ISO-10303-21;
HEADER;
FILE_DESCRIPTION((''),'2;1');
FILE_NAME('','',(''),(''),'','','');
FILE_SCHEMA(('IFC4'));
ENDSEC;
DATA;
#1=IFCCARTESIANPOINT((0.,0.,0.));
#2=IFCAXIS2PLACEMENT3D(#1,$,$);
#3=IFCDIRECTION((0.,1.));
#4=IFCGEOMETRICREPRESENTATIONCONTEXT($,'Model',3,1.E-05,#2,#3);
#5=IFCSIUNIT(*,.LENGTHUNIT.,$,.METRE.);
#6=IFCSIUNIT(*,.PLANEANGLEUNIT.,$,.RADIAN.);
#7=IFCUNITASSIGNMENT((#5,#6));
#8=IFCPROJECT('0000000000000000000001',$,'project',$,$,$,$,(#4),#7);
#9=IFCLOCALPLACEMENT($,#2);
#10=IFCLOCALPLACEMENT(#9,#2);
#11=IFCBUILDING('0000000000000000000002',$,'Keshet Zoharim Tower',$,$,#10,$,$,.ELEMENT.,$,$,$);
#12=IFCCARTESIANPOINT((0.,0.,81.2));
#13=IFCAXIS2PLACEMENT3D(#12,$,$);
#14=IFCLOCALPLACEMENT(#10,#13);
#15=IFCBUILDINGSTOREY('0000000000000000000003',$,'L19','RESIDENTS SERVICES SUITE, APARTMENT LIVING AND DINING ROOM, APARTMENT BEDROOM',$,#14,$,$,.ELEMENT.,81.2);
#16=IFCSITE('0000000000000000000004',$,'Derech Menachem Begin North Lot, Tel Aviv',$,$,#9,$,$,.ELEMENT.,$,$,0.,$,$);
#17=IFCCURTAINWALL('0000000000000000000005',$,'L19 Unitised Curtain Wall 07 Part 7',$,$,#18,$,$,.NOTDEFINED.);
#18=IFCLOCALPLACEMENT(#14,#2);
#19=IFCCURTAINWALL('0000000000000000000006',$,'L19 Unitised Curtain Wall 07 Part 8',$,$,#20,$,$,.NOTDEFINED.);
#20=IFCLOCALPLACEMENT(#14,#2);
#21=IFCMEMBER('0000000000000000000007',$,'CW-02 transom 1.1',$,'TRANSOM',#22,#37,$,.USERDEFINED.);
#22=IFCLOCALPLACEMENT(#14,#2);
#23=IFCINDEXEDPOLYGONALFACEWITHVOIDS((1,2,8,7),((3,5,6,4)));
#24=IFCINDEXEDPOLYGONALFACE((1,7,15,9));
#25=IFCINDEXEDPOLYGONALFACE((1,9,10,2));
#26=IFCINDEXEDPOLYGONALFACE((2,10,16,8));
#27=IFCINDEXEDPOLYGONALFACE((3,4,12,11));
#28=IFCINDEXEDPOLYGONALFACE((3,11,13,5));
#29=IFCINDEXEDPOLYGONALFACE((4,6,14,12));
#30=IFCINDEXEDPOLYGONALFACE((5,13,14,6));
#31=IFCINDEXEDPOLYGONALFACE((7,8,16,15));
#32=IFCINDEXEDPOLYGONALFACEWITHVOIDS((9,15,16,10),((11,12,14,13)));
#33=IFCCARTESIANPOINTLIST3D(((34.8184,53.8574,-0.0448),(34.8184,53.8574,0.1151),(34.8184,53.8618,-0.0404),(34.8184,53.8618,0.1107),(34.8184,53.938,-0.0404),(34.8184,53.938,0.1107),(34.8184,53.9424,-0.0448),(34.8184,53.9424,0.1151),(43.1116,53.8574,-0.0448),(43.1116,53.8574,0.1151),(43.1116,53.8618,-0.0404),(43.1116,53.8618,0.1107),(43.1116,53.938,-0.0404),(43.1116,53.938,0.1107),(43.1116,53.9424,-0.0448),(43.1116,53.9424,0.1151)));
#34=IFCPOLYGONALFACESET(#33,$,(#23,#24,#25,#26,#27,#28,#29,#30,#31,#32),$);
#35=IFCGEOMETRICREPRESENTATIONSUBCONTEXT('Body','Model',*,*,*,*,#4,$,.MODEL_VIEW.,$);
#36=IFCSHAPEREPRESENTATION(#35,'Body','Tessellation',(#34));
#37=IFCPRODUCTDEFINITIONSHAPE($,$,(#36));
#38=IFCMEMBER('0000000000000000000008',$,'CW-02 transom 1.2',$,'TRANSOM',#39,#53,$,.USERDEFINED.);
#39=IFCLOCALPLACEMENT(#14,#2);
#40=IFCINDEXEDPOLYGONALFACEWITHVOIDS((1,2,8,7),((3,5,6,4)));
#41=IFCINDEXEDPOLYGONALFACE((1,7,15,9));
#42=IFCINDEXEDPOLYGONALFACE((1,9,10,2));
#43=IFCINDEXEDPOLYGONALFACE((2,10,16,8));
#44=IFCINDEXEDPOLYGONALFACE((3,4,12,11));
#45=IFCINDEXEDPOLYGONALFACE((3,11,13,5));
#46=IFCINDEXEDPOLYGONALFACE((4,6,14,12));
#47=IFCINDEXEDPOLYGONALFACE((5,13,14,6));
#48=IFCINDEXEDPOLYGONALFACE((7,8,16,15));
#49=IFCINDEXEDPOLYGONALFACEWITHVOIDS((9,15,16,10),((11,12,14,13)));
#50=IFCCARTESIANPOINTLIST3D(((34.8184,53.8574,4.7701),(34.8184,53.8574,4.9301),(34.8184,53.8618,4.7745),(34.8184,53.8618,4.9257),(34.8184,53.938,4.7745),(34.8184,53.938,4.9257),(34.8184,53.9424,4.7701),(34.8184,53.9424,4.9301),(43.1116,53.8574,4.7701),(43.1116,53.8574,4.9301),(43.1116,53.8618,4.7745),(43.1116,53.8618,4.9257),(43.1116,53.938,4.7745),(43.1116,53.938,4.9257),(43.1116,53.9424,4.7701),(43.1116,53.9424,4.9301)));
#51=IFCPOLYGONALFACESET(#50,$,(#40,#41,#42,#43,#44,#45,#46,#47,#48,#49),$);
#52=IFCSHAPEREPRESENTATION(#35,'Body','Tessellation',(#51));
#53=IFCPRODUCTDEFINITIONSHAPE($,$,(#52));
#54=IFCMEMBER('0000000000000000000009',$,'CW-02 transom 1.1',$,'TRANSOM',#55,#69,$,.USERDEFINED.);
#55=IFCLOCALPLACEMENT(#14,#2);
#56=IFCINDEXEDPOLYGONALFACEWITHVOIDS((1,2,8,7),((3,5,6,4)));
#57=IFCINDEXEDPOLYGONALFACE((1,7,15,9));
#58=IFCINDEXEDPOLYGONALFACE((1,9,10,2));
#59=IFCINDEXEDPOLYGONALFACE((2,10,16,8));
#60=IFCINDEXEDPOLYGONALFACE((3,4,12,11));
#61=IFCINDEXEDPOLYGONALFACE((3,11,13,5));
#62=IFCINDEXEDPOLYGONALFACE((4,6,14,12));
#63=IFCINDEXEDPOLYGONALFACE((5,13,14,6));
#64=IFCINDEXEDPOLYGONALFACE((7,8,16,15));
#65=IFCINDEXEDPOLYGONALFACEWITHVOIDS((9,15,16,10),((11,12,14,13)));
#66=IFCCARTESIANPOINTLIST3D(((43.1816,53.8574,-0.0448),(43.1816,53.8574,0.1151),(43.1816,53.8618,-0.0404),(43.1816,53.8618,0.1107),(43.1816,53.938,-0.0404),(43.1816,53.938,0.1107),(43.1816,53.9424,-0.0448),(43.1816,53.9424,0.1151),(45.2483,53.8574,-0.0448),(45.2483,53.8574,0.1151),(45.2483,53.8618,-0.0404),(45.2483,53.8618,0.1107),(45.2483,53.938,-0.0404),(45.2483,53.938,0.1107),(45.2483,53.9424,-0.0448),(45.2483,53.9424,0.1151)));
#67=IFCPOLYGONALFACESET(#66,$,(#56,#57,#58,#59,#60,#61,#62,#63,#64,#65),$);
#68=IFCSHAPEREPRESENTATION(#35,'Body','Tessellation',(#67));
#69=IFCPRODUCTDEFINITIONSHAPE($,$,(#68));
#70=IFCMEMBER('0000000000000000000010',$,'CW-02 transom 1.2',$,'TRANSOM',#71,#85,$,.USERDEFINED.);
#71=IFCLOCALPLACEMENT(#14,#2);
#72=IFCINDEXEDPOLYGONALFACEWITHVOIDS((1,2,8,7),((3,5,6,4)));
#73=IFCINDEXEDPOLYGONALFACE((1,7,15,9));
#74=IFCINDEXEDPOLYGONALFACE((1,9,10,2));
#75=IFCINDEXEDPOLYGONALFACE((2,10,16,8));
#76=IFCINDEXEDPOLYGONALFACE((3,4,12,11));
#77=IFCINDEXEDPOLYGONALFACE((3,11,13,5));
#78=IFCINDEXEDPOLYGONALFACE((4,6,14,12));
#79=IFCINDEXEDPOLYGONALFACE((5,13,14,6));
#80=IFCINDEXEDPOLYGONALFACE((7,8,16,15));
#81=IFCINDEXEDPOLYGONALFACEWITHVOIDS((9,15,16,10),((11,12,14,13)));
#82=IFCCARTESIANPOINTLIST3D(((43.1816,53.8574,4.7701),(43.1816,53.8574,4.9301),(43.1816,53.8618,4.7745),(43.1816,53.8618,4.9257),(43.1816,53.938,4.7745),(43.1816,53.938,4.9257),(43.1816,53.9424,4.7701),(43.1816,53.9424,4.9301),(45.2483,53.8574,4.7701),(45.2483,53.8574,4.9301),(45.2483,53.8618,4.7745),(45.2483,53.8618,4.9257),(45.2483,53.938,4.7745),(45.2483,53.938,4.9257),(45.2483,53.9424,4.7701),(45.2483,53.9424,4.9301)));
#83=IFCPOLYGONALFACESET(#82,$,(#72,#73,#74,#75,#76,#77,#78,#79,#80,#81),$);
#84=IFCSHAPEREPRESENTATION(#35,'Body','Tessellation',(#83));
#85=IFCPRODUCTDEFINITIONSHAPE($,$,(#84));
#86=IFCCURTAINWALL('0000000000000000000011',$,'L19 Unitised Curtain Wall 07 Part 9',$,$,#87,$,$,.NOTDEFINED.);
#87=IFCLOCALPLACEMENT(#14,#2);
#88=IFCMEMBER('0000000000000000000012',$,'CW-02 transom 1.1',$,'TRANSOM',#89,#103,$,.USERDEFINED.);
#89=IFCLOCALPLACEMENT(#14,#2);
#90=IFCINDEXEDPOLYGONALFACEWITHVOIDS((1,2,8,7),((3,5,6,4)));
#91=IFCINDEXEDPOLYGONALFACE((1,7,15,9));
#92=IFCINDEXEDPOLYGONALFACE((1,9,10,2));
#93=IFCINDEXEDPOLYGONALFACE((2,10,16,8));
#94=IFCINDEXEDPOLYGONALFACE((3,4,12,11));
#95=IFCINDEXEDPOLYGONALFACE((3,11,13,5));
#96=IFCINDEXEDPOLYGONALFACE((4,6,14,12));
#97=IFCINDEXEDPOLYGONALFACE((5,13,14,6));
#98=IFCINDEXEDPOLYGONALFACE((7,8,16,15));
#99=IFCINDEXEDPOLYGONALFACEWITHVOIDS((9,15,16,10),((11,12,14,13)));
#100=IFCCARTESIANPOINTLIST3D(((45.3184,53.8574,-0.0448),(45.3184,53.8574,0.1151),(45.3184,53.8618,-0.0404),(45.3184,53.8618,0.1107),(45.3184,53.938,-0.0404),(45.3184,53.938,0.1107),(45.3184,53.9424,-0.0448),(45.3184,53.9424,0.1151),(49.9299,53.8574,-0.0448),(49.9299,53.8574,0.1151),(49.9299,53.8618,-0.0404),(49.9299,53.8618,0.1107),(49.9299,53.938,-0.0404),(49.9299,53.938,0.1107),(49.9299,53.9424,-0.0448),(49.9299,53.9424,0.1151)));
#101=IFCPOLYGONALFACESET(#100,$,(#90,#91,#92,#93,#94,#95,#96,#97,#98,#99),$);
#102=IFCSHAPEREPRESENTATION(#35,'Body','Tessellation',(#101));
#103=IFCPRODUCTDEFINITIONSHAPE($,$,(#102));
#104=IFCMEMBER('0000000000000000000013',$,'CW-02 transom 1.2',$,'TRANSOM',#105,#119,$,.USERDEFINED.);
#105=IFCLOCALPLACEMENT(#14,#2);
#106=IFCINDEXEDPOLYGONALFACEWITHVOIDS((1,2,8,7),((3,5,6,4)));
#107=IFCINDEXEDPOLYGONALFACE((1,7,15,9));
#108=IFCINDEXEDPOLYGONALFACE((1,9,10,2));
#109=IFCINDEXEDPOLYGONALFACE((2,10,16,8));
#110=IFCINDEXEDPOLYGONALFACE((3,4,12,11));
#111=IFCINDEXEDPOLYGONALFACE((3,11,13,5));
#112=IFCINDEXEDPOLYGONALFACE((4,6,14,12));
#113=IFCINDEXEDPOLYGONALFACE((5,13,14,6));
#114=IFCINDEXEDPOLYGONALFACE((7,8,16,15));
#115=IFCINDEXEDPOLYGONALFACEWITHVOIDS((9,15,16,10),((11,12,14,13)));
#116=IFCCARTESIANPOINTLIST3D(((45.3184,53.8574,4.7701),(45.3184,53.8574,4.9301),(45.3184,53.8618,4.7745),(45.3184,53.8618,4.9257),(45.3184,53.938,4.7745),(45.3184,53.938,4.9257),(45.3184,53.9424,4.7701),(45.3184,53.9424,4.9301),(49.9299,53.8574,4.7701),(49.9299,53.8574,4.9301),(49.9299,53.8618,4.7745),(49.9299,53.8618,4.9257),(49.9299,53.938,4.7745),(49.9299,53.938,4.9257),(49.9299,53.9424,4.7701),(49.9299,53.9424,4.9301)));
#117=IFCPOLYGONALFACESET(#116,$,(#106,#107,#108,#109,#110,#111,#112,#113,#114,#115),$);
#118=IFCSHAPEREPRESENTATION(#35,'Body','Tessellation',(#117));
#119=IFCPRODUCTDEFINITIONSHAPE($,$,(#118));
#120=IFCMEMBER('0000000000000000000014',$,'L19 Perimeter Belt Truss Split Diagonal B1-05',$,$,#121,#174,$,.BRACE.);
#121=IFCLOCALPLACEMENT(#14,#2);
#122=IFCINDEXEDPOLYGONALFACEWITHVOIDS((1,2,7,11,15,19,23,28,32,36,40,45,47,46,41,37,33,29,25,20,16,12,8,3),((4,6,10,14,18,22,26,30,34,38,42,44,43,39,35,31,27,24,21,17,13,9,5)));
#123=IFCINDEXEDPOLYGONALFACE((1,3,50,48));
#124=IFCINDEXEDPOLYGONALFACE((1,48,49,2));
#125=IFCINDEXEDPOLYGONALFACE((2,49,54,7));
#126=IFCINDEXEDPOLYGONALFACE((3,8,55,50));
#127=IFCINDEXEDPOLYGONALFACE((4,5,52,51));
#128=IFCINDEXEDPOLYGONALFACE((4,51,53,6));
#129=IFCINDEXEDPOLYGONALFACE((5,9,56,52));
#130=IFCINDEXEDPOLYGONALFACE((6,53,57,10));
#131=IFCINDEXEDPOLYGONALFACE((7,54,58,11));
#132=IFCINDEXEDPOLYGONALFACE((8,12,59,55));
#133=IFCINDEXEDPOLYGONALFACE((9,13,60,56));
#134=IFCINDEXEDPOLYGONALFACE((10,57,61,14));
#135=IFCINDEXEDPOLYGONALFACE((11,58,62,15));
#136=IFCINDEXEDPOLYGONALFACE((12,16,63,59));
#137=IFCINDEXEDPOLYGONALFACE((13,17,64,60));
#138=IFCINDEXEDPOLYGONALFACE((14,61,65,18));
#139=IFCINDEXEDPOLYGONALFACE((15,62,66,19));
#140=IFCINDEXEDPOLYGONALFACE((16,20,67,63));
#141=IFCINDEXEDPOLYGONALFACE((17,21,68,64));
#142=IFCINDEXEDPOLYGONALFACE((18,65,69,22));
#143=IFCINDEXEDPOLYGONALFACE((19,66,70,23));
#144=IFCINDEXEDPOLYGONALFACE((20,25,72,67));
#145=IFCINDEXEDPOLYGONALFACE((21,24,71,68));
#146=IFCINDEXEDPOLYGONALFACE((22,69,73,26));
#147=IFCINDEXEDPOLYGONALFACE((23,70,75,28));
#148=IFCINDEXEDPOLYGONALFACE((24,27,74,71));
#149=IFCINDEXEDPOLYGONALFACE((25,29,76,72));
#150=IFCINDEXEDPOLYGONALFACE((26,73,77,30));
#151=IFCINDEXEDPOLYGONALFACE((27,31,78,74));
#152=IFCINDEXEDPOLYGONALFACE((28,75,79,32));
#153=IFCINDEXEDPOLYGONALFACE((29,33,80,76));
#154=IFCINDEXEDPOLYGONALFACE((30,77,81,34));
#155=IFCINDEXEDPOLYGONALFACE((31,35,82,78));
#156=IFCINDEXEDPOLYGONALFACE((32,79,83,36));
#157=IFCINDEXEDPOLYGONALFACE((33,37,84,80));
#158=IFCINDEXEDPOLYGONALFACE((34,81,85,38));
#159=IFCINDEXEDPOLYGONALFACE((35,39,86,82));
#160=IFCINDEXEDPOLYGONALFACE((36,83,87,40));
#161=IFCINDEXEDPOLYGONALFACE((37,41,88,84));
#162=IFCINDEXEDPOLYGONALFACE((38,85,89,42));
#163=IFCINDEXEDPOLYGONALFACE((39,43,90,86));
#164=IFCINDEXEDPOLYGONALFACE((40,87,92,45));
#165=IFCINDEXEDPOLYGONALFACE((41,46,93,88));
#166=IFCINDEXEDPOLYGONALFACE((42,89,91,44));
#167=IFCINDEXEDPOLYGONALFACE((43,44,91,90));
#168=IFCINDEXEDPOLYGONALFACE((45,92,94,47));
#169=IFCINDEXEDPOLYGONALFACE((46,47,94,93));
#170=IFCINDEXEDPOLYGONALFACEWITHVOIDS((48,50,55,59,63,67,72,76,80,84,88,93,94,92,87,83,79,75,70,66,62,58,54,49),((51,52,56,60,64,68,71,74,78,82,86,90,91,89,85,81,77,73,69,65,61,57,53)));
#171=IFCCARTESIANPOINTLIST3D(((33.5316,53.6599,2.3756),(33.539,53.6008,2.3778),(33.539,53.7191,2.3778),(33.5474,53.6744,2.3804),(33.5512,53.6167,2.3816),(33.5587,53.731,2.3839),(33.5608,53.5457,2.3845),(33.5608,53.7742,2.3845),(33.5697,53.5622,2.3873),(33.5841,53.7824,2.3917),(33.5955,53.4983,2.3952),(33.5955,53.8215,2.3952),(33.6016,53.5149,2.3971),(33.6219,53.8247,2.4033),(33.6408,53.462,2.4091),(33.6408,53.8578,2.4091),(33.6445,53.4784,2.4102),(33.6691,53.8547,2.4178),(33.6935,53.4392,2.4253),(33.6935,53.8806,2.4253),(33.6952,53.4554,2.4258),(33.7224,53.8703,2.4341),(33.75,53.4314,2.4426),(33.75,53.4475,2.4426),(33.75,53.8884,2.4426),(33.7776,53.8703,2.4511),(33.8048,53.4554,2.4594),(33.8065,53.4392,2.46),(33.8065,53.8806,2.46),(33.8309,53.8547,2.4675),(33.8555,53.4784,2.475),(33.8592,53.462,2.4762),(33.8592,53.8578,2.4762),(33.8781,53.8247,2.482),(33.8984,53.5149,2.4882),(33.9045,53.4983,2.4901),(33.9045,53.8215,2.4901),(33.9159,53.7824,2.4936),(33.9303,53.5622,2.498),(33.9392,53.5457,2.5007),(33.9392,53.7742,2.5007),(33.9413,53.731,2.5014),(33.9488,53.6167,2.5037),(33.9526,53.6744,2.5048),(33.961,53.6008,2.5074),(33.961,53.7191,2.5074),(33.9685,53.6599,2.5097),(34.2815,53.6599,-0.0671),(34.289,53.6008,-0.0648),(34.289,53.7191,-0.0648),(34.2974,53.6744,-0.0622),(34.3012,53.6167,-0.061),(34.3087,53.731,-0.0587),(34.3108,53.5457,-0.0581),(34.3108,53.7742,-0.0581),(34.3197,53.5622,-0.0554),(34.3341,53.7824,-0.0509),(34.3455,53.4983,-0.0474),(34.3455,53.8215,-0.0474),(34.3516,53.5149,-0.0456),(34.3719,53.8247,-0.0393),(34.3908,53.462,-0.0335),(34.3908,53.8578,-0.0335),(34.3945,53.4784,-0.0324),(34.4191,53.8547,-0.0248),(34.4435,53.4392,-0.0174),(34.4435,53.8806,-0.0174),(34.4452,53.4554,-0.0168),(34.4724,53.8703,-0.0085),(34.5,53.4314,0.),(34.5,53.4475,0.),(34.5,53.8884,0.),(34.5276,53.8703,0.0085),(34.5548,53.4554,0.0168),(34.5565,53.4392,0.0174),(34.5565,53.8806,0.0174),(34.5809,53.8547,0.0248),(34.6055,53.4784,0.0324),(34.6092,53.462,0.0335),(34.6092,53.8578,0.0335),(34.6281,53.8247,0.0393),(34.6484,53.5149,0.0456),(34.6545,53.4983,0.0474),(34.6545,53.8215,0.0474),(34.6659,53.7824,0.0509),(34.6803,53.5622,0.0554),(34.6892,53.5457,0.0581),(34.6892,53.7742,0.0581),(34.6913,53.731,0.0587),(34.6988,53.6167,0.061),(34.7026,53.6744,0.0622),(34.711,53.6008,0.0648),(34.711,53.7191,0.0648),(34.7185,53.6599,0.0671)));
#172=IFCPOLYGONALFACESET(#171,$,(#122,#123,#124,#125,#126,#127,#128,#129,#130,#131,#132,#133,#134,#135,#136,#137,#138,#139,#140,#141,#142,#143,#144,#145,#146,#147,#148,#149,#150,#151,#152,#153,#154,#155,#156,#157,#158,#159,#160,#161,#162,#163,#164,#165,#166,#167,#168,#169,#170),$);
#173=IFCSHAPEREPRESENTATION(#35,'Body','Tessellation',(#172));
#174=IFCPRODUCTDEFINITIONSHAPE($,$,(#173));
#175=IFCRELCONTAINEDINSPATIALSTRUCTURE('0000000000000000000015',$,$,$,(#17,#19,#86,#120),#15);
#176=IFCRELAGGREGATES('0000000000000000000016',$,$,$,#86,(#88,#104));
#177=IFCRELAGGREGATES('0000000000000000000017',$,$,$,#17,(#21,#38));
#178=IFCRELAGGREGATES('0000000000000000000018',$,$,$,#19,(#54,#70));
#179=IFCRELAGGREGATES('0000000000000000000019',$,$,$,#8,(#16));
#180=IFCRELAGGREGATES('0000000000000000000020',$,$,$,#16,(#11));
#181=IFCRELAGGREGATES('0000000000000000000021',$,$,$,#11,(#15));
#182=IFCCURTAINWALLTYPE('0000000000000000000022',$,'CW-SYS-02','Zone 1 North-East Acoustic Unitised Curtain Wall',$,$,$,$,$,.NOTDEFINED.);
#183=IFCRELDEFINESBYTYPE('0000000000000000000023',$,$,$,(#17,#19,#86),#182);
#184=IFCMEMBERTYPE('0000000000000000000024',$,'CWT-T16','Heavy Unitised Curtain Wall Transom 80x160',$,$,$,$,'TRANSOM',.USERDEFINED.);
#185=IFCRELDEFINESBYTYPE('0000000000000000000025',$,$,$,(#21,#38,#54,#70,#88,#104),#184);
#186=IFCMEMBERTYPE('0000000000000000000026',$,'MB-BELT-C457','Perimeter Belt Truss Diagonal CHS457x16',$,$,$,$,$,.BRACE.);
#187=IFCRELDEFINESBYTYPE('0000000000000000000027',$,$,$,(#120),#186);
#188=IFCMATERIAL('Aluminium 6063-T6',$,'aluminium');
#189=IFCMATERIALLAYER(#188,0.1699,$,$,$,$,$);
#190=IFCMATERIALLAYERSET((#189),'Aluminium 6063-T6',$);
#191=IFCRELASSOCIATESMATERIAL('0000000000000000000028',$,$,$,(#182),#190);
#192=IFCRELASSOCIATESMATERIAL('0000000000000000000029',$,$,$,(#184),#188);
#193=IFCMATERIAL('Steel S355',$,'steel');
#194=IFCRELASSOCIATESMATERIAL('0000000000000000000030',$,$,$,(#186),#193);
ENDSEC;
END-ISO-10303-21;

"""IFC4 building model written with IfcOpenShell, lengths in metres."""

from ifc_helpers import new_model, si_unit, direction, frame, origin, origin_2d, place, context, subcontext, project, spatial, hollow_rectangle, hollow_circle, extrude, material, layer, layer_set, material_profile, profile_set, type_object, element, aggregate, save


model = new_model("IFC4")

# Units and contexts
model_context = context("Model", 3, precision=1e-05, world=origin(), true_north=direction((0.0, 1.0)))
body_context = subcontext(model_context, "Body", "Model", "MODEL_VIEW")
ifc_project = project(units=[si_unit("LENGTHUNIT", "METRE"), si_unit("PLANEANGLEUNIT", "RADIAN")], contexts=[model_context])

# Site, building, storey
site_placement = place(None, origin())
site = spatial("IfcSite", under=ifc_project, at=site_placement, Name="Derech Menachem Begin North Lot, Tel Aviv", CompositionType="ELEMENT", RefElevation=0.0)
building_placement = place(site_placement, origin())
building = spatial("IfcBuilding", under=site, at=building_placement, Name="Keshet Zoharim Tower", CompositionType="ELEMENT")
storey_placement = place(building_placement, frame((0.0, 0.0, 81.2)))
storey = spatial("IfcBuildingStorey", under=building, at=storey_placement, Name="L19", Description="RESIDENTS SERVICES SUITE, APARTMENT LIVING AND DINING ROOM, APARTMENT BEDROOM", CompositionType="ELEMENT", Elevation=81.2)

# Shared definitions
ifc_material_1 = material(Name="Steel S355", Category="steel")

# Curtain walls
ifc_material_2 = material(Name="Aluminium 6063-T6", Category="aluminium")
ifc_layer_1 = layer(ifc_material_2, 0.1699)
ifc_layer_set_1 = layer_set([ifc_layer_1], Name="Aluminium 6063-T6")
curtain_wall_type = type_object("IfcCurtainWallType", Name="CW-SYS-02", Description="Zone 1 North-East Acoustic Unitised Curtain Wall", PredefinedType="NOTDEFINED", material=ifc_layer_set_1)
curtain_wall_1_placement = place(storey_placement, origin())
curtain_wall_1 = element("IfcCurtainWall", 1, at=curtain_wall_1_placement, inside=storey, type_object=curtain_wall_type, Name="L19 Unitised Curtain Wall 07 Part 7", PredefinedType="NOTDEFINED")
curtain_wall_2_placement = place(storey_placement, origin())
curtain_wall_2 = element("IfcCurtainWall", 2, at=curtain_wall_2_placement, inside=storey, type_object=curtain_wall_type, Name="L19 Unitised Curtain Wall 07 Part 8", PredefinedType="NOTDEFINED")

# Members
ifc_material_profile_1 = material_profile(ifc_material_2, hollow_rectangle(XDim=0.085, YDim=0.1599, WallThickness=0.0044, at=origin_2d()), Name="TRN-85x160")
ifc_profile_set_1 = profile_set([ifc_material_profile_1], Name="Aluminium 6063-T6")
member_type_1 = type_object("IfcMemberType", Name="CWT-T16", Description="Heavy Unitised Curtain Wall Transom 80x160", ElementType="TRANSOM", PredefinedType="USERDEFINED", material=ifc_profile_set_1)
member_1_placement = place(storey_placement, frame((34.8184, 53.8999, 0.0352), z_axis=(1.0, 0.0, 0.0), x_axis=(0.0, 1.0, 0.0)))
member_1 = element("IfcMember", 3, at=member_1_placement, type_object=member_type_1, Name="CW-02 transom 1.1", ObjectType="TRANSOM", PredefinedType="USERDEFINED", context=body_context, shape_type="SweptSolid", body=[
    extrude(hollow_rectangle(XDim=0.085, YDim=0.1599, WallThickness=0.0044, at=origin_2d()), origin(), (0.0, 0.0, 1.0), 8.2932),
])
member_2_placement = place(storey_placement, frame((34.8184, 53.8999, 4.8501), z_axis=(1.0, 0.0, 0.0), x_axis=(0.0, 1.0, 0.0)))
member_2 = element("IfcMember", 4, at=member_2_placement, type_object=member_type_1, Name="CW-02 transom 1.2", ObjectType="TRANSOM", PredefinedType="USERDEFINED", context=body_context, shape_type="SweptSolid", body=[
    extrude(hollow_rectangle(XDim=0.085, YDim=0.1599, WallThickness=0.0044, at=origin_2d()), origin(), (0.0, 0.0, 1.0), 8.2932),
])
member_3_placement = place(storey_placement, frame((43.1816, 53.8999, 0.0352), z_axis=(1.0, 0.0, 0.0), x_axis=(0.0, 1.0, 0.0)))
member_3 = element("IfcMember", 5, at=member_3_placement, type_object=member_type_1, Name="CW-02 transom 1.1", ObjectType="TRANSOM", PredefinedType="USERDEFINED", context=body_context, shape_type="SweptSolid", body=[
    extrude(hollow_rectangle(XDim=0.085, YDim=0.1599, WallThickness=0.0044, at=origin_2d()), origin(), (0.0, 0.0, 1.0), 2.0667),
])
member_4_placement = place(storey_placement, frame((43.1816, 53.8999, 4.8501), z_axis=(1.0, 0.0, 0.0), x_axis=(0.0, 1.0, 0.0)))
member_4 = element("IfcMember", 6, at=member_4_placement, type_object=member_type_1, Name="CW-02 transom 1.2", ObjectType="TRANSOM", PredefinedType="USERDEFINED", context=body_context, shape_type="SweptSolid", body=[
    extrude(hollow_rectangle(XDim=0.085, YDim=0.1599, WallThickness=0.0044, at=origin_2d()), origin(), (0.0, 0.0, 1.0), 2.0667),
])

# Curtain wall, members
curtain_wall_3_placement = place(storey_placement, origin())
curtain_wall_3 = element("IfcCurtainWall", 7, at=curtain_wall_3_placement, inside=storey, type_object=curtain_wall_type, Name="L19 Unitised Curtain Wall 07 Part 9", PredefinedType="NOTDEFINED")
member_5_placement = place(storey_placement, frame((45.3184, 53.8999, 0.0352), z_axis=(1.0, 0.0, 0.0), x_axis=(0.0, 1.0, 0.0)))
member_5 = element("IfcMember", 8, at=member_5_placement, type_object=member_type_1, Name="CW-02 transom 1.1", ObjectType="TRANSOM", PredefinedType="USERDEFINED", context=body_context, shape_type="SweptSolid", body=[
    extrude(hollow_rectangle(XDim=0.085, YDim=0.1599, WallThickness=0.0044, at=origin_2d()), origin(), (0.0, 0.0, 1.0), 4.6116),
])
member_6_placement = place(storey_placement, frame((45.3184, 53.8999, 4.8501), z_axis=(1.0, 0.0, 0.0), x_axis=(0.0, 1.0, 0.0)))
member_6 = element("IfcMember", 9, at=member_6_placement, type_object=member_type_1, Name="CW-02 transom 1.2", ObjectType="TRANSOM", PredefinedType="USERDEFINED", context=body_context, shape_type="SweptSolid", body=[
    extrude(hollow_rectangle(XDim=0.085, YDim=0.1599, WallThickness=0.0044, at=origin_2d()), origin(), (0.0, 0.0, 1.0), 4.6116),
])
aggregate(curtain_wall_3, [member_5, member_6])

# Member
ifc_material_profile_2 = material_profile(ifc_material_1, hollow_circle(Radius=0.2285, WallThickness=0.0161, at=origin_2d()), Name="CHS457x16")
ifc_profile_set_2 = profile_set([ifc_material_profile_2], Name="Steel S355")
member_type_2 = type_object("IfcMemberType", Name="MB-BELT-C457", Description="Perimeter Belt Truss Diagonal CHS457x16", PredefinedType="BRACE", material=ifc_profile_set_2)
member_7_placement = place(storey_placement, frame((34.5, 53.6599, 0.0), z_axis=(-0.293522, 0.0, 0.955952), x_axis=(0.0, -1.0, 0.0)))
element("IfcMember", 10, at=member_7_placement, inside=storey, type_object=member_type_2, Name="L19 Perimeter Belt Truss Split Diagonal B1-05", PredefinedType="BRACE", context=body_context, shape_type="SweptSolid", body=[
    extrude(hollow_circle(Radius=0.2285, WallThickness=0.0161, at=origin_2d()), origin(), (0.0, 0.0, 1.0), 2.5552),
])

aggregate(curtain_wall_1, [member_1, member_2])
aggregate(curtain_wall_2, [member_3, member_4])

save(model, "model.ifc")
